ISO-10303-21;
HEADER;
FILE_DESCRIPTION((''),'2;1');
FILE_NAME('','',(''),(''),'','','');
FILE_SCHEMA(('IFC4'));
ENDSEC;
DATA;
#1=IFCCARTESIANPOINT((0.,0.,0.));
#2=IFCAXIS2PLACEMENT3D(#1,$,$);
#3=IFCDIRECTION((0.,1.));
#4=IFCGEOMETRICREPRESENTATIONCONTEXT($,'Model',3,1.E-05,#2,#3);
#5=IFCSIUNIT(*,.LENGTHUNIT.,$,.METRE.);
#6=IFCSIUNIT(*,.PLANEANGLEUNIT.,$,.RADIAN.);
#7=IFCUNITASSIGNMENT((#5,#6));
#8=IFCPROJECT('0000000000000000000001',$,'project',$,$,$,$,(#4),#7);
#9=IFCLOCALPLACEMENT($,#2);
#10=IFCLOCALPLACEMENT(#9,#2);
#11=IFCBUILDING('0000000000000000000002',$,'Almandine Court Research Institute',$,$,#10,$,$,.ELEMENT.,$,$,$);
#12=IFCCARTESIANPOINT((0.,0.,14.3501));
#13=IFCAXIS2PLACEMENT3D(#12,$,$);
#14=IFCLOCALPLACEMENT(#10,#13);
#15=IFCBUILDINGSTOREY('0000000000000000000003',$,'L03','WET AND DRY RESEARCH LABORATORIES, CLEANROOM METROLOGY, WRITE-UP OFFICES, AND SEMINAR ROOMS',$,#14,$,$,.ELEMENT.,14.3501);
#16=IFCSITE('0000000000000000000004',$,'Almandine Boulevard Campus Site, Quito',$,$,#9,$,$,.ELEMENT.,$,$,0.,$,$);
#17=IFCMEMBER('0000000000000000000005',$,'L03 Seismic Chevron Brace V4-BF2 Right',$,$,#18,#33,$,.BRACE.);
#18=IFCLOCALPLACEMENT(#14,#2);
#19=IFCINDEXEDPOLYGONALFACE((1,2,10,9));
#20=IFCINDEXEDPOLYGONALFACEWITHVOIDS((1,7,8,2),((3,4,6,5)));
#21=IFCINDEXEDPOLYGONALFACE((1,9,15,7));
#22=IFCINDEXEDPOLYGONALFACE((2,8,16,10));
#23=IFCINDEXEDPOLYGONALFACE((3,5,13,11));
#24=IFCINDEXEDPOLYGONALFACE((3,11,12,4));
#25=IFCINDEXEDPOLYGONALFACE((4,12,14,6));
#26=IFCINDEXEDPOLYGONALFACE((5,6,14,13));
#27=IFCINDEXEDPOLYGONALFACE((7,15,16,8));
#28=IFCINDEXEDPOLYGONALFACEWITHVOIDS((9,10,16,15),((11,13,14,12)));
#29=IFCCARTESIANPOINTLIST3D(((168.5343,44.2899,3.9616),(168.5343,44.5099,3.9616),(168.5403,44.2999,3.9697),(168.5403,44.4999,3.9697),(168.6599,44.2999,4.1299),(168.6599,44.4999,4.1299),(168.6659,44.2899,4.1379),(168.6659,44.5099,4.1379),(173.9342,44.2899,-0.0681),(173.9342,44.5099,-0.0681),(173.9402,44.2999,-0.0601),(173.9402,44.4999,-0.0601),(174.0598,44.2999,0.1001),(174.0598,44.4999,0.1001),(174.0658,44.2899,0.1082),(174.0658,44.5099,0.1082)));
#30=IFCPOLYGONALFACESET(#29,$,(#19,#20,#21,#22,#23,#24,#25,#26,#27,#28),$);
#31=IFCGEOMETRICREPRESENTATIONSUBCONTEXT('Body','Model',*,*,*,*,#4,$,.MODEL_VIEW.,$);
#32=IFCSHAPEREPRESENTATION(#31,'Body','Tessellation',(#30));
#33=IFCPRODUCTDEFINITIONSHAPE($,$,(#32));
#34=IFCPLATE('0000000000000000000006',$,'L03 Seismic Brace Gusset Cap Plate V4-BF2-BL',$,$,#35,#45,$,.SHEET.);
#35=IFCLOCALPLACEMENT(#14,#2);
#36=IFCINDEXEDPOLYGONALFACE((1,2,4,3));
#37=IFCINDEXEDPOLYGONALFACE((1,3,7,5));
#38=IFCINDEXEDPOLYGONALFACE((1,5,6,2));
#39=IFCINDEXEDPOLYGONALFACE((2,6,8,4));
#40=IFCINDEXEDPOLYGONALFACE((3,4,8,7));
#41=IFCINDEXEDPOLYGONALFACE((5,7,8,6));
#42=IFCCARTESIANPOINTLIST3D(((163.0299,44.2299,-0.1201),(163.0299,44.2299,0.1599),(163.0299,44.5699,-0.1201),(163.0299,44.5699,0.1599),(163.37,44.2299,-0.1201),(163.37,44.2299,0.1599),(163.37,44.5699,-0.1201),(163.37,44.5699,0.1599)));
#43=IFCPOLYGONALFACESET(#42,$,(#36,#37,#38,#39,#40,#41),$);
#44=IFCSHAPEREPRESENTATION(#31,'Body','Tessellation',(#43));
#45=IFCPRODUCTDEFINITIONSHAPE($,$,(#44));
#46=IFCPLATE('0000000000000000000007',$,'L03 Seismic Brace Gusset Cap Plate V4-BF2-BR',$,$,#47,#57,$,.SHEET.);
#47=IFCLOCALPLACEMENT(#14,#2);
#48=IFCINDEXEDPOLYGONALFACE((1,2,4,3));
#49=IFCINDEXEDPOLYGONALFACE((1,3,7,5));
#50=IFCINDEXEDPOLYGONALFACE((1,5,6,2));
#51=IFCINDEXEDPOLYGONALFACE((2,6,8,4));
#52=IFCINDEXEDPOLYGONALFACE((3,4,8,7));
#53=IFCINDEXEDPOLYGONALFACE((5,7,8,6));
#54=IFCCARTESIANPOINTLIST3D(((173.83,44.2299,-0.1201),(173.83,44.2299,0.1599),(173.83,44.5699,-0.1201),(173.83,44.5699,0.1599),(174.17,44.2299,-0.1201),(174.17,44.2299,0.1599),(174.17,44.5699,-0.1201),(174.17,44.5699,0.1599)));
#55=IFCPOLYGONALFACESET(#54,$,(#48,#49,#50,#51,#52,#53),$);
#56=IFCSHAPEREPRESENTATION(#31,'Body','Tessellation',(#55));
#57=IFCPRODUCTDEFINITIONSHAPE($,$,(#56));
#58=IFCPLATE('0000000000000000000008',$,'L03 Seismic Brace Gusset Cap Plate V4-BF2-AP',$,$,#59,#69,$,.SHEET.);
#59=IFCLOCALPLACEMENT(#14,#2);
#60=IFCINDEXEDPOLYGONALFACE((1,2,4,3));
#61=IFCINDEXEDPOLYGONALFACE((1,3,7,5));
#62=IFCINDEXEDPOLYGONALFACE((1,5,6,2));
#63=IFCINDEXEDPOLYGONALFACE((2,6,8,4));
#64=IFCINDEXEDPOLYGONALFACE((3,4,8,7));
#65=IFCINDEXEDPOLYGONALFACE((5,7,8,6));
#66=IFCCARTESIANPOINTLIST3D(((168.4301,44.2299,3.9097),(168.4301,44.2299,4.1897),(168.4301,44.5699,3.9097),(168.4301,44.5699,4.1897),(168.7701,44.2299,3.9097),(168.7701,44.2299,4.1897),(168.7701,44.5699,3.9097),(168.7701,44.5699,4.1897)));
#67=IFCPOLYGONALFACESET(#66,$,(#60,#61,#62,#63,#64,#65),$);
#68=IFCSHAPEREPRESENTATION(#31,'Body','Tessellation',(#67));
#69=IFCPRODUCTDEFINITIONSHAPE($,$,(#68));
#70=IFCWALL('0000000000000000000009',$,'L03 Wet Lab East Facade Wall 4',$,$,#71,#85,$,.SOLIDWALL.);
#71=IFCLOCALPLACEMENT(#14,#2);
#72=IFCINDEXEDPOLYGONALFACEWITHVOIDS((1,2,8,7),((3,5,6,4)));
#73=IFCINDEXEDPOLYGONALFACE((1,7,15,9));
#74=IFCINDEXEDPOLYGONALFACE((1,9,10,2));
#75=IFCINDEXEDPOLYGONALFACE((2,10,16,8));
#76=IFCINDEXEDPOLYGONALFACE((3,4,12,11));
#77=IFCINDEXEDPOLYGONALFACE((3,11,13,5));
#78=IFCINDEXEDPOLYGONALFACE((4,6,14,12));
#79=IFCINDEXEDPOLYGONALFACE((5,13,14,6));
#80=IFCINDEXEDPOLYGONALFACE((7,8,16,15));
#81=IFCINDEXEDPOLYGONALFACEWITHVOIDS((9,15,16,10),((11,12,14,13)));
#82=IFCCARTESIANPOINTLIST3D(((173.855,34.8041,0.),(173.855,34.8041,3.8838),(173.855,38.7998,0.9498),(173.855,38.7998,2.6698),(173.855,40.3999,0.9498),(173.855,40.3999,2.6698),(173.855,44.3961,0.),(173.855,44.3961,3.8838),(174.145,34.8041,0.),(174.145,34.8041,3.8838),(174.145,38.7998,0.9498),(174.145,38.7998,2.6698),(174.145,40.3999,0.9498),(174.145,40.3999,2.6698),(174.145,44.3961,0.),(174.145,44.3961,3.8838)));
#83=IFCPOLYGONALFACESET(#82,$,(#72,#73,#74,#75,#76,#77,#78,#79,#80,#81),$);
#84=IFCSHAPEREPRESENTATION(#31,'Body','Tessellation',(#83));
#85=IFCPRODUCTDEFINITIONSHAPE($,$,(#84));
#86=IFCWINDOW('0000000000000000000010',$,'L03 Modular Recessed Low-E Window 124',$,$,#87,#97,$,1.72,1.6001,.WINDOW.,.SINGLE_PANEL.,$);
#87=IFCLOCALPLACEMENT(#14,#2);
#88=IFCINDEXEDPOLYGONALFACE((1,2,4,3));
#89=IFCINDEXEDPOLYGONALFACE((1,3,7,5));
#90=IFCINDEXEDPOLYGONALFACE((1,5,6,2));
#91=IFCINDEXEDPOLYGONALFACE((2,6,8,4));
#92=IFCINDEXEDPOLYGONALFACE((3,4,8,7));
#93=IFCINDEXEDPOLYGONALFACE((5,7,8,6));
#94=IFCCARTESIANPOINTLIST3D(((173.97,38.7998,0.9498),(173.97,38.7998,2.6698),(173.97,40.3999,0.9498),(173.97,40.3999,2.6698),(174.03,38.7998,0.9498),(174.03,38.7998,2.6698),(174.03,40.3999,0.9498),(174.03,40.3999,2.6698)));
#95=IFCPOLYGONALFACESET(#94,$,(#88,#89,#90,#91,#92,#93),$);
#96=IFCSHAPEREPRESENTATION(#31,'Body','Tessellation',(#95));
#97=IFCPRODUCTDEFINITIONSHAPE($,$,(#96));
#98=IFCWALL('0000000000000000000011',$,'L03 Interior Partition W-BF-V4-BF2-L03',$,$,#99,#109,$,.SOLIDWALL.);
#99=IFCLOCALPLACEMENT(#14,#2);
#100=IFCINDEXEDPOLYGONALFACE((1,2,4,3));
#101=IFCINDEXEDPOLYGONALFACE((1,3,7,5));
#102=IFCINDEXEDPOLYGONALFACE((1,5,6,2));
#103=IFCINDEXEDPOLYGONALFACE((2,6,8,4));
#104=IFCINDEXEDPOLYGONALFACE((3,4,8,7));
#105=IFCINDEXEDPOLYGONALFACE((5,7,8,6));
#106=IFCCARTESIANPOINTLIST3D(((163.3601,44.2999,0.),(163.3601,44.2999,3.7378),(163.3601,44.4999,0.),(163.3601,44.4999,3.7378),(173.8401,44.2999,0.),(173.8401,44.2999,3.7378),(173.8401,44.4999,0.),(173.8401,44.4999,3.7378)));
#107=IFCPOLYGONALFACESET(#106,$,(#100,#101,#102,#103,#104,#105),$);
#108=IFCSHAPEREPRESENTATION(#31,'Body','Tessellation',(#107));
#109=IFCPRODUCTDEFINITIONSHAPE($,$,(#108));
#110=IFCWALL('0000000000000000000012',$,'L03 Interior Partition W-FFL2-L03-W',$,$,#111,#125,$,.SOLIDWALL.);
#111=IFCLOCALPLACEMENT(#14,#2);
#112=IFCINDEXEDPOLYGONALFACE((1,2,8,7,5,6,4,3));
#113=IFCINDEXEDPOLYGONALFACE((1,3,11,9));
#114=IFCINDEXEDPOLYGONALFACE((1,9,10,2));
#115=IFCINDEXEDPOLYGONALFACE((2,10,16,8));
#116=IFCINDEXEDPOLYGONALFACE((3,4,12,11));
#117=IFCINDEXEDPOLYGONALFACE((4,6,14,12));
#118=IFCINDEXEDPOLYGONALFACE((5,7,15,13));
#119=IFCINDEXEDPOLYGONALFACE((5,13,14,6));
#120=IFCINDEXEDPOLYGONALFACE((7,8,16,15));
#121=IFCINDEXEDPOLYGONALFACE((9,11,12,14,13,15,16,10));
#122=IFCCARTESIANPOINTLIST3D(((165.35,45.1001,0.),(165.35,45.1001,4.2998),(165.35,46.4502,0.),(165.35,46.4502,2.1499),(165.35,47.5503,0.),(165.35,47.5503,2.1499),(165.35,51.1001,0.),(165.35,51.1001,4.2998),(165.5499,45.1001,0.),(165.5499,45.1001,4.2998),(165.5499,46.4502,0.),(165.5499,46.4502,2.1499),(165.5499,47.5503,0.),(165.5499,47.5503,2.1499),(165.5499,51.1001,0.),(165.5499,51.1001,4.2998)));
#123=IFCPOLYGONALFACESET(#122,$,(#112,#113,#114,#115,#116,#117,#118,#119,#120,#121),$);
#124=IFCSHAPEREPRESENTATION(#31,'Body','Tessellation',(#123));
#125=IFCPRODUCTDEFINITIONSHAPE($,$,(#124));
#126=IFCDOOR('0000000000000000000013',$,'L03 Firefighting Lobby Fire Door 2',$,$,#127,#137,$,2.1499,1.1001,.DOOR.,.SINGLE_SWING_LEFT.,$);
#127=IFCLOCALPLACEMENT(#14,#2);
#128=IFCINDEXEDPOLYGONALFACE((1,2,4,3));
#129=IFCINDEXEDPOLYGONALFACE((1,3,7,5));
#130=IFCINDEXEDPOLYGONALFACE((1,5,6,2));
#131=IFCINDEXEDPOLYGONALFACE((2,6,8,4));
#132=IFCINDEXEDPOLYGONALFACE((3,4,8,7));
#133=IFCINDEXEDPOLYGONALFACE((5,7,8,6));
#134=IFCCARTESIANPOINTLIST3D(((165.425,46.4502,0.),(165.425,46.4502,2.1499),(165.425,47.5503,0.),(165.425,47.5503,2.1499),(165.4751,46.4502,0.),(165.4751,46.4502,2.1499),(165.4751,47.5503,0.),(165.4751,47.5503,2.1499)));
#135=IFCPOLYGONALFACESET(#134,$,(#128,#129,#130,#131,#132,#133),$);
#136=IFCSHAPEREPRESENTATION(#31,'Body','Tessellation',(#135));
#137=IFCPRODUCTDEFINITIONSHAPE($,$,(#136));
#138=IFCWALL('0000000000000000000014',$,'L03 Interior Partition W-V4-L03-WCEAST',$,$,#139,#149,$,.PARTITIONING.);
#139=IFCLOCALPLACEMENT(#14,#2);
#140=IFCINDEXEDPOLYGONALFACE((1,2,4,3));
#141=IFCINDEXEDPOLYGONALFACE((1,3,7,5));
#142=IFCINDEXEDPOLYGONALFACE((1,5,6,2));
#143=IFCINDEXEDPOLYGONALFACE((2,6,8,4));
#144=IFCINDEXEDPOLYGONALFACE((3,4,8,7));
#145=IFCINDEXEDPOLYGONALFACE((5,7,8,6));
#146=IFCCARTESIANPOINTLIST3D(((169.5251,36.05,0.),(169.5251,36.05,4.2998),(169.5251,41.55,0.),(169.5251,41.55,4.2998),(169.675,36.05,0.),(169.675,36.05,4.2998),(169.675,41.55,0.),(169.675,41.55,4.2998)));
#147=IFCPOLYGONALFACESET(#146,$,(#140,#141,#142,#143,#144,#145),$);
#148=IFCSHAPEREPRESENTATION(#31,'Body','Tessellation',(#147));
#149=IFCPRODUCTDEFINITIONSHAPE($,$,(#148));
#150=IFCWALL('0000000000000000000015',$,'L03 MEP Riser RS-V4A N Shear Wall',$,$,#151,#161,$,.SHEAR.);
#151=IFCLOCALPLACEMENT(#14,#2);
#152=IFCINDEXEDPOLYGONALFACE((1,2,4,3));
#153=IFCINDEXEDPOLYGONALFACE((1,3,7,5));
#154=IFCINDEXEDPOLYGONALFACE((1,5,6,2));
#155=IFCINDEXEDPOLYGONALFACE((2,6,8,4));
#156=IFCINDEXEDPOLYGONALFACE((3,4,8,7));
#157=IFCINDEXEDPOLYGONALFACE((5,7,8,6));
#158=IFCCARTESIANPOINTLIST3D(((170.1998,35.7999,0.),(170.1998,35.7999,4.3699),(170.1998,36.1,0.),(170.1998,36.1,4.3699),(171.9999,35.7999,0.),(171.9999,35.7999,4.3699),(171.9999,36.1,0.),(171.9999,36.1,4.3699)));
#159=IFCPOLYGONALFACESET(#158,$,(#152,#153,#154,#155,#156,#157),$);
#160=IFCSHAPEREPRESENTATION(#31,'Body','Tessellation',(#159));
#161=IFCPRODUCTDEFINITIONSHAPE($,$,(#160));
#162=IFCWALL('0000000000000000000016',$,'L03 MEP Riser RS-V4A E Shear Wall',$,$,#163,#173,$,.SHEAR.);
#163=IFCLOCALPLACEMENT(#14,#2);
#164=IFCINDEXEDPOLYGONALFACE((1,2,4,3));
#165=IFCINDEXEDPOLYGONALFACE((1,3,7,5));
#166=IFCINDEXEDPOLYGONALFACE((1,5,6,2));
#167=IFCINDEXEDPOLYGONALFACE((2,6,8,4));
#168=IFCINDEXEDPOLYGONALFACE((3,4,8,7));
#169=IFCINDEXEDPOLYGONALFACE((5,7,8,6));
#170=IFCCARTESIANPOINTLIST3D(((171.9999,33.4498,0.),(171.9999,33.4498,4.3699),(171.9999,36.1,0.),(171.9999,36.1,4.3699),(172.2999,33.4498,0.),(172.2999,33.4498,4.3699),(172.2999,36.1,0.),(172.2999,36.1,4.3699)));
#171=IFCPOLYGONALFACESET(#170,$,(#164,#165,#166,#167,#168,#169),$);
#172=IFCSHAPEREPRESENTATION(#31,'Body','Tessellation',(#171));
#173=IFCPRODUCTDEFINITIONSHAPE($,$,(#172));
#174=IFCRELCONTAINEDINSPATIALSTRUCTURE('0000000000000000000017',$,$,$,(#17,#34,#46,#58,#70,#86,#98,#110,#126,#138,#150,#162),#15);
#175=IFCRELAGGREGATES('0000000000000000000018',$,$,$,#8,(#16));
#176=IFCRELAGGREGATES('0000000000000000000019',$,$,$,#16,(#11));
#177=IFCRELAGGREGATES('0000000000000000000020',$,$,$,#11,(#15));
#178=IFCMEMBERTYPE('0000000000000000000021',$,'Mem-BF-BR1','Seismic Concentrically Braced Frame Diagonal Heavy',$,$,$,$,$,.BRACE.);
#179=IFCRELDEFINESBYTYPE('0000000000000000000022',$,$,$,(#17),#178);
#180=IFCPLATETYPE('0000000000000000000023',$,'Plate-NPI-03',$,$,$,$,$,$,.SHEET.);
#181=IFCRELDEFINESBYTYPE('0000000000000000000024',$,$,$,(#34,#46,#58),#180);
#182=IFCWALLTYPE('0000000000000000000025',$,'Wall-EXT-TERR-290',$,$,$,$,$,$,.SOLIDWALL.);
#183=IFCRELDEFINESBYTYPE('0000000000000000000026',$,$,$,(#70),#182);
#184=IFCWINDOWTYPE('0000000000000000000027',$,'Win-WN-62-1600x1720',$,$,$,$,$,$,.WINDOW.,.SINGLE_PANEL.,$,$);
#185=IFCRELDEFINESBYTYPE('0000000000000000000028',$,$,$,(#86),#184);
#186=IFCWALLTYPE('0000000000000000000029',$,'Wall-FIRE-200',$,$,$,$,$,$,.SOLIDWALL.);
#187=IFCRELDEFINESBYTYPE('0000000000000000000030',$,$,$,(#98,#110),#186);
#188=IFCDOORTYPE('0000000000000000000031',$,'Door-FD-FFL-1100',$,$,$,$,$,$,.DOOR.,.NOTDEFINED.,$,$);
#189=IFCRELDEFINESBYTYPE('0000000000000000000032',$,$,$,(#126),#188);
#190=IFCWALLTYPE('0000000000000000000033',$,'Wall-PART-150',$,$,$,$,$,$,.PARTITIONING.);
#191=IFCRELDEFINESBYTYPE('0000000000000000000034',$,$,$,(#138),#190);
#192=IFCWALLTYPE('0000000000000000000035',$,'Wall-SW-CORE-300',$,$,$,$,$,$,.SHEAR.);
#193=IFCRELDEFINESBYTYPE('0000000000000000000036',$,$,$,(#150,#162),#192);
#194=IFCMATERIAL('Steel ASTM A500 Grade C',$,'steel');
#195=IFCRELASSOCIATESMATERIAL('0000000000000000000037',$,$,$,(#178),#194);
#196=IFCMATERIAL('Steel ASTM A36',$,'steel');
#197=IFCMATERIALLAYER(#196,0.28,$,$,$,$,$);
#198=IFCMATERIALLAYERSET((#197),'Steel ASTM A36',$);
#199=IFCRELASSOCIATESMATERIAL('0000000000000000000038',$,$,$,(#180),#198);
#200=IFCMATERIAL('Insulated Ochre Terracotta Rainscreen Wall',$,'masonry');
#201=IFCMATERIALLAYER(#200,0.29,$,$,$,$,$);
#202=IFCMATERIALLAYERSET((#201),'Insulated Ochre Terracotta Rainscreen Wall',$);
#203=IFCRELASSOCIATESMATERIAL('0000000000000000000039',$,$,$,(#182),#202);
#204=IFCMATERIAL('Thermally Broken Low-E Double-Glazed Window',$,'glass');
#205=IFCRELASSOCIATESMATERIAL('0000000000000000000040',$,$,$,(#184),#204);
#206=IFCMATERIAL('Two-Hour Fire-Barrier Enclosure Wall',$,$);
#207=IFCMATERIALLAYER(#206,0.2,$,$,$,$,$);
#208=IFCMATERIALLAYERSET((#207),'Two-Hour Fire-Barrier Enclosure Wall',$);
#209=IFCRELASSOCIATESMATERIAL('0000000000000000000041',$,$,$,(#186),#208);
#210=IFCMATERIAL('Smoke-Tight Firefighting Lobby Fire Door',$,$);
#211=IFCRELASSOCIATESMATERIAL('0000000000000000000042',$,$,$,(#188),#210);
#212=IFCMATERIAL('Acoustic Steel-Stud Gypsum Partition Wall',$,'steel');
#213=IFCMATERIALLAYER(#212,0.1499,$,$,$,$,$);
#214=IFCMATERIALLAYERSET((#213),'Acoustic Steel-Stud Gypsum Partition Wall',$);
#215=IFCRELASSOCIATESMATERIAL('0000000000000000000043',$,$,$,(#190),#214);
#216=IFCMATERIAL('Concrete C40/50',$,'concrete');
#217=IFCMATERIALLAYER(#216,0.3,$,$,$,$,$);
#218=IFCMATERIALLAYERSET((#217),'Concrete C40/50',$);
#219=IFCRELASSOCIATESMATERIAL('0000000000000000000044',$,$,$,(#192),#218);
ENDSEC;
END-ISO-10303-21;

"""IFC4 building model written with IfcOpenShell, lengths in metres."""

from ifc_helpers import new_model, si_unit, direction, frame, frame_2d, origin, origin_2d, place, context, subcontext, project, spatial, rectangle, hollow_rectangle, extrude, material, layer, layer_set, material_profile, profile_set, type_object, element, fill, save


model = new_model("IFC4")

# Units and contexts
model_context = context("Model", 3, precision=1e-05, world=origin(), true_north=direction((0.0, 1.0)))
body_context = subcontext(model_context, "Body", "Model", "MODEL_VIEW")
ifc_project = project(units=[si_unit("LENGTHUNIT", "METRE"), si_unit("PLANEANGLEUNIT", "RADIAN")], contexts=[model_context])

# Site, building, storey
site_placement = place(None, origin())
site = spatial("IfcSite", under=ifc_project, at=site_placement, Name="Almandine Boulevard Campus Site, Quito", CompositionType="ELEMENT", RefElevation=0.0)
building_placement = place(site_placement, origin())
building = spatial("IfcBuilding", under=site, at=building_placement, Name="Almandine Court Research Institute", CompositionType="ELEMENT")
storey_placement = place(building_placement, frame((0.0, 0.0, 14.3501)))
storey = spatial("IfcBuildingStorey", under=building, at=storey_placement, Name="L03", Description="WET AND DRY RESEARCH LABORATORIES, CLEANROOM METROLOGY, WRITE-UP OFFICES, AND SEMINAR ROOMS", CompositionType="ELEMENT", Elevation=14.3501)

# Member
ifc_material_1 = material(Name="Steel ASTM A500 Grade C", Category="steel")
ifc_material_profile_1 = material_profile(ifc_material_1, hollow_rectangle(XDim=0.22, YDim=0.22, WallThickness=0.01, at=origin_2d()), Name="HSS 220x220x10")
ifc_profile_set_1 = profile_set([ifc_material_profile_1], Name="Steel ASTM A500 Grade C")
member_type = type_object("IfcMemberType", Name="Mem-BF-BR1", Description="Seismic Concentrically Braced Frame Diagonal Heavy", PredefinedType="BRACE", material=ifc_profile_set_1)
member_1_placement = place(storey_placement, frame((174.0, 44.3999, 0.02), z_axis=(-0.801433, 0.0, 0.598085), x_axis=(0.0, -1.0, 0.0)))
element("IfcMember", 1, at=member_1_placement, inside=storey, type_object=member_type, Name="L03 Seismic Chevron Brace V4-BF2 Right", PredefinedType="BRACE", context=body_context, shape_type="SweptSolid", body=[
    extrude(hollow_rectangle(XDim=0.22, YDim=0.22, WallThickness=0.01, at=origin_2d()), origin(), (0.0, 0.0, 1.0), 6.7378),
])

# Plates
ifc_material_2 = material(Name="Steel ASTM A36", Category="steel")
ifc_layer_1 = layer(ifc_material_2, 0.28)
ifc_layer_set_1 = layer_set([ifc_layer_1], Name="Steel ASTM A36")
plate_type = type_object("IfcPlateType", Name="Plate-NPI-03", PredefinedType="SHEET", material=ifc_layer_set_1)
for number, where, z_axis, x_axis, name in (
    (2, (163.2, 44.3999, -0.1201), (0.0, 0.0, 1.0), (1.0, 0.0, 0.0), "L03 Seismic Brace Gusset Cap Plate V4-BF2-BL"),
    (3, (174.0, 44.3999, -0.1201), (0.0, 0.0, 1.0), (1.0, 0.0, 0.0), "L03 Seismic Brace Gusset Cap Plate V4-BF2-BR"),
    (4, (168.6001, 44.3999, 3.9097), (0.0, 0.0, 1.0), (1.0, 0.0, 0.0), "L03 Seismic Brace Gusset Cap Plate V4-BF2-AP"),
):
    element("IfcPlate", number, at=place(storey_placement, frame(where, z_axis=z_axis, x_axis=x_axis)), inside=storey, type_object=plate_type, Name=name, PredefinedType="SHEET", context=body_context, shape_type="SweptSolid", body=[
        extrude(rectangle(XDim=0.3401, YDim=0.3401, at=origin_2d()), origin(), (0.0, 0.0, 1.0), 0.28),
    ])

# Wall, opening, window
ifc_material_3 = material(Name="Insulated Ochre Terracotta Rainscreen Wall", Category="masonry")
ifc_layer_2 = layer(ifc_material_3, 0.29)
ifc_layer_set_2 = layer_set([ifc_layer_2], Name="Insulated Ochre Terracotta Rainscreen Wall")
wall_type_1 = type_object("IfcWallType", Name="Wall-EXT-TERR-290", PredefinedType="SOLIDWALL", material=ifc_layer_set_2)
wall_1_placement = place(storey_placement, frame((174.0, 44.396, 0.0), z_axis=(0.0, 0.0, 1.0), x_axis=(0.0, -1.0, 0.0)))
wall_1 = element("IfcWall", 5, at=wall_1_placement, inside=storey, type_object=wall_type_1, Name="L03 Wet Lab East Facade Wall 4", PredefinedType="SOLIDWALL", context=body_context, shape_type="SweptSolid", body=[
    extrude(rectangle(XDim=9.592, YDim=0.29, at=frame_2d((4.7959, 0.0))), origin(), (0.0, 0.0, 1.0), 3.8838),
])
opening_1_placement = place(wall_1_placement, frame((3.9961, 0.0, 0.95)))
opening_1 = element("IfcOpeningElement", 6, at=opening_1_placement, cuts=wall_1, PredefinedType="OPENING", context=body_context, shape_type="SweptSolid", body=[
    extrude(rectangle(XDim=1.6001, YDim=1.72, at=frame_2d((0.8, 0.8599))), frame((0.0, 0.155, 0.0), z_axis=(0.0, -1.0, 0.0), x_axis=(1.0, 0.0, 0.0)), (0.0, 0.0, 1.0), 0.3101),
])
ifc_material_4 = material(Name="Thermally Broken Low-E Double-Glazed Window", Category="glass")
window_type = type_object("IfcWindowType", Name="Win-WN-62-1600x1720", PartitioningType="SINGLE_PANEL", PredefinedType="WINDOW", material=ifc_material_4)
window_placement = place(opening_1_placement, origin())
window = element("IfcWindow", 7, at=window_placement, inside=storey, type_object=window_type, Name="L03 Modular Recessed Low-E Window 124", OverallHeight=1.72, OverallWidth=1.6001, PartitioningType="SINGLE_PANEL", PredefinedType="WINDOW", context=body_context, shape_type="SweptSolid", body=[
    extrude(rectangle(XDim=1.6001, YDim=1.72, at=frame_2d((0.8, 0.8599))), frame((0.0, 0.03, 0.0), z_axis=(0.0, -1.0, 0.0), x_axis=(1.0, 0.0, 0.0)), (0.0, 0.0, 1.0), 0.0601),
])
fill(opening_1, window)

# Wall
ifc_material_5 = material(Name="Two-Hour Fire-Barrier Enclosure Wall")
ifc_layer_3 = layer(ifc_material_5, 0.2)
ifc_layer_set_3 = layer_set([ifc_layer_3], Name="Two-Hour Fire-Barrier Enclosure Wall")
wall_type_2 = type_object("IfcWallType", Name="Wall-FIRE-200", PredefinedType="SOLIDWALL", material=ifc_layer_set_3)
wall_2_placement = place(storey_placement, frame((163.3601, 44.3999, 0.0), z_axis=(0.0, 0.0, 1.0), x_axis=(1.0, 0.0, 0.0)))
element("IfcWall", 8, at=wall_2_placement, inside=storey, type_object=wall_type_2, Name="L03 Interior Partition W-BF-V4-BF2-L03", PredefinedType="SOLIDWALL", context=body_context, shape_type="SweptSolid", body=[
    extrude(rectangle(XDim=10.48, YDim=0.2, at=frame_2d((5.24, 0.0))), origin(), (0.0, 0.0, 1.0), 3.7378),
])

# Wall, opening, door
wall_3_placement = place(storey_placement, frame((165.45, 45.1001, 0.0), z_axis=(0.0, 0.0, 1.0), x_axis=(0.0, 1.0, 0.0)))
wall_3 = element("IfcWall", 9, at=wall_3_placement, inside=storey, type_object=wall_type_2, Name="L03 Interior Partition W-FFL2-L03-W", PredefinedType="SOLIDWALL", context=body_context, shape_type="SweptSolid", body=[
    extrude(rectangle(XDim=6.0, YDim=0.2, at=frame_2d((3.0, 0.0))), origin(), (0.0, 0.0, 1.0), 4.2998),
])
opening_2_placement = place(wall_3_placement, frame((1.3501, 0.0, 0.0)))
opening_2 = element("IfcOpeningElement", 10, at=opening_2_placement, cuts=wall_3, PredefinedType="OPENING", context=body_context, shape_type="SweptSolid", body=[
    extrude(rectangle(XDim=1.1001, YDim=2.1499, at=frame_2d((0.55, 1.075))), frame((0.0, 0.1099, 0.0), z_axis=(0.0, -1.0, 0.0), x_axis=(1.0, 0.0, 0.0)), (0.0, 0.0, 1.0), 0.22),
])
ifc_material_6 = material(Name="Smoke-Tight Firefighting Lobby Fire Door")
door_type_1 = type_object("IfcDoorType", Name="Door-FD-FFL-1100", OperationType="NOTDEFINED", PredefinedType="DOOR", material=ifc_material_6)
door_1_placement = place(opening_2_placement, origin())
door_1 = element("IfcDoor", 11, at=door_1_placement, inside=storey, type_object=door_type_1, Name="L03 Firefighting Lobby Fire Door 2", OperationType="SINGLE_SWING_LEFT", OverallHeight=2.1499, OverallWidth=1.1001, PredefinedType="DOOR", context=body_context, shape_type="SweptSolid", body=[
    extrude(rectangle(XDim=1.1001, YDim=2.1499, at=frame_2d((0.55, 1.075))), frame((0.0, 0.0249, 0.0), z_axis=(0.0, -1.0, 0.0), x_axis=(1.0, 0.0, 0.0)), (0.0, 0.0, 1.0), 0.05),
])
fill(opening_2, door_1)

# Walls
ifc_material_7 = material(Name="Acoustic Steel-Stud Gypsum Partition Wall", Category="steel")
ifc_layer_4 = layer(ifc_material_7, 0.1499)
ifc_layer_set_4 = layer_set([ifc_layer_4], Name="Acoustic Steel-Stud Gypsum Partition Wall")
wall_type_3 = type_object("IfcWallType", Name="Wall-PART-150", PredefinedType="PARTITIONING", material=ifc_layer_set_4)
wall_4_placement = place(storey_placement, frame((169.6001, 36.05, 0.0), z_axis=(0.0, 0.0, 1.0), x_axis=(0.0, 1.0, 0.0)))
element("IfcWall", 12, at=wall_4_placement, inside=storey, type_object=wall_type_3, Name="L03 Interior Partition W-V4-L03-WCEAST", PredefinedType="PARTITIONING", context=body_context, shape_type="SweptSolid", body=[
    extrude(rectangle(XDim=5.5, YDim=0.1499, at=frame_2d((2.75, 0.0))), origin(), (0.0, 0.0, 1.0), 4.2998),
])
ifc_material_8 = material(Name="Concrete C40/50", Category="concrete")
ifc_layer_5 = layer(ifc_material_8, 0.3)
ifc_layer_set_5 = layer_set([ifc_layer_5], Name="Concrete C40/50")
wall_type_4 = type_object("IfcWallType", Name="Wall-SW-CORE-300", PredefinedType="SHEAR", material=ifc_layer_set_5)
wall_5_placement = place(storey_placement, frame((170.2, 35.95, 0.0), z_axis=(0.0, 0.0, 1.0), x_axis=(1.0, 0.0, 0.0)))
element("IfcWall", 13, at=wall_5_placement, inside=storey, type_object=wall_type_4, Name="L03 MEP Riser RS-V4A N Shear Wall", PredefinedType="SHEAR", context=body_context, shape_type="SweptSolid", body=[
    extrude(rectangle(XDim=1.8, YDim=0.3, at=frame_2d((0.8999, 0.0))), origin(), (0.0, 0.0, 1.0), 4.3699),
])
wall_6_placement = place(storey_placement, frame((172.1499, 36.1001, 0.0), z_axis=(0.0, 0.0, 1.0), x_axis=(0.0, -1.0, 0.0)))
element("IfcWall", 14, at=wall_6_placement, inside=storey, type_object=wall_type_4, Name="L03 MEP Riser RS-V4A E Shear Wall", PredefinedType="SHEAR", context=body_context, shape_type="SweptSolid", body=[
    extrude(rectangle(XDim=2.6501, YDim=0.3, at=frame_2d((1.3252, 0.0))), origin(), (0.0, 0.0, 1.0), 4.3699),
])

save(model, "model.ifc")
